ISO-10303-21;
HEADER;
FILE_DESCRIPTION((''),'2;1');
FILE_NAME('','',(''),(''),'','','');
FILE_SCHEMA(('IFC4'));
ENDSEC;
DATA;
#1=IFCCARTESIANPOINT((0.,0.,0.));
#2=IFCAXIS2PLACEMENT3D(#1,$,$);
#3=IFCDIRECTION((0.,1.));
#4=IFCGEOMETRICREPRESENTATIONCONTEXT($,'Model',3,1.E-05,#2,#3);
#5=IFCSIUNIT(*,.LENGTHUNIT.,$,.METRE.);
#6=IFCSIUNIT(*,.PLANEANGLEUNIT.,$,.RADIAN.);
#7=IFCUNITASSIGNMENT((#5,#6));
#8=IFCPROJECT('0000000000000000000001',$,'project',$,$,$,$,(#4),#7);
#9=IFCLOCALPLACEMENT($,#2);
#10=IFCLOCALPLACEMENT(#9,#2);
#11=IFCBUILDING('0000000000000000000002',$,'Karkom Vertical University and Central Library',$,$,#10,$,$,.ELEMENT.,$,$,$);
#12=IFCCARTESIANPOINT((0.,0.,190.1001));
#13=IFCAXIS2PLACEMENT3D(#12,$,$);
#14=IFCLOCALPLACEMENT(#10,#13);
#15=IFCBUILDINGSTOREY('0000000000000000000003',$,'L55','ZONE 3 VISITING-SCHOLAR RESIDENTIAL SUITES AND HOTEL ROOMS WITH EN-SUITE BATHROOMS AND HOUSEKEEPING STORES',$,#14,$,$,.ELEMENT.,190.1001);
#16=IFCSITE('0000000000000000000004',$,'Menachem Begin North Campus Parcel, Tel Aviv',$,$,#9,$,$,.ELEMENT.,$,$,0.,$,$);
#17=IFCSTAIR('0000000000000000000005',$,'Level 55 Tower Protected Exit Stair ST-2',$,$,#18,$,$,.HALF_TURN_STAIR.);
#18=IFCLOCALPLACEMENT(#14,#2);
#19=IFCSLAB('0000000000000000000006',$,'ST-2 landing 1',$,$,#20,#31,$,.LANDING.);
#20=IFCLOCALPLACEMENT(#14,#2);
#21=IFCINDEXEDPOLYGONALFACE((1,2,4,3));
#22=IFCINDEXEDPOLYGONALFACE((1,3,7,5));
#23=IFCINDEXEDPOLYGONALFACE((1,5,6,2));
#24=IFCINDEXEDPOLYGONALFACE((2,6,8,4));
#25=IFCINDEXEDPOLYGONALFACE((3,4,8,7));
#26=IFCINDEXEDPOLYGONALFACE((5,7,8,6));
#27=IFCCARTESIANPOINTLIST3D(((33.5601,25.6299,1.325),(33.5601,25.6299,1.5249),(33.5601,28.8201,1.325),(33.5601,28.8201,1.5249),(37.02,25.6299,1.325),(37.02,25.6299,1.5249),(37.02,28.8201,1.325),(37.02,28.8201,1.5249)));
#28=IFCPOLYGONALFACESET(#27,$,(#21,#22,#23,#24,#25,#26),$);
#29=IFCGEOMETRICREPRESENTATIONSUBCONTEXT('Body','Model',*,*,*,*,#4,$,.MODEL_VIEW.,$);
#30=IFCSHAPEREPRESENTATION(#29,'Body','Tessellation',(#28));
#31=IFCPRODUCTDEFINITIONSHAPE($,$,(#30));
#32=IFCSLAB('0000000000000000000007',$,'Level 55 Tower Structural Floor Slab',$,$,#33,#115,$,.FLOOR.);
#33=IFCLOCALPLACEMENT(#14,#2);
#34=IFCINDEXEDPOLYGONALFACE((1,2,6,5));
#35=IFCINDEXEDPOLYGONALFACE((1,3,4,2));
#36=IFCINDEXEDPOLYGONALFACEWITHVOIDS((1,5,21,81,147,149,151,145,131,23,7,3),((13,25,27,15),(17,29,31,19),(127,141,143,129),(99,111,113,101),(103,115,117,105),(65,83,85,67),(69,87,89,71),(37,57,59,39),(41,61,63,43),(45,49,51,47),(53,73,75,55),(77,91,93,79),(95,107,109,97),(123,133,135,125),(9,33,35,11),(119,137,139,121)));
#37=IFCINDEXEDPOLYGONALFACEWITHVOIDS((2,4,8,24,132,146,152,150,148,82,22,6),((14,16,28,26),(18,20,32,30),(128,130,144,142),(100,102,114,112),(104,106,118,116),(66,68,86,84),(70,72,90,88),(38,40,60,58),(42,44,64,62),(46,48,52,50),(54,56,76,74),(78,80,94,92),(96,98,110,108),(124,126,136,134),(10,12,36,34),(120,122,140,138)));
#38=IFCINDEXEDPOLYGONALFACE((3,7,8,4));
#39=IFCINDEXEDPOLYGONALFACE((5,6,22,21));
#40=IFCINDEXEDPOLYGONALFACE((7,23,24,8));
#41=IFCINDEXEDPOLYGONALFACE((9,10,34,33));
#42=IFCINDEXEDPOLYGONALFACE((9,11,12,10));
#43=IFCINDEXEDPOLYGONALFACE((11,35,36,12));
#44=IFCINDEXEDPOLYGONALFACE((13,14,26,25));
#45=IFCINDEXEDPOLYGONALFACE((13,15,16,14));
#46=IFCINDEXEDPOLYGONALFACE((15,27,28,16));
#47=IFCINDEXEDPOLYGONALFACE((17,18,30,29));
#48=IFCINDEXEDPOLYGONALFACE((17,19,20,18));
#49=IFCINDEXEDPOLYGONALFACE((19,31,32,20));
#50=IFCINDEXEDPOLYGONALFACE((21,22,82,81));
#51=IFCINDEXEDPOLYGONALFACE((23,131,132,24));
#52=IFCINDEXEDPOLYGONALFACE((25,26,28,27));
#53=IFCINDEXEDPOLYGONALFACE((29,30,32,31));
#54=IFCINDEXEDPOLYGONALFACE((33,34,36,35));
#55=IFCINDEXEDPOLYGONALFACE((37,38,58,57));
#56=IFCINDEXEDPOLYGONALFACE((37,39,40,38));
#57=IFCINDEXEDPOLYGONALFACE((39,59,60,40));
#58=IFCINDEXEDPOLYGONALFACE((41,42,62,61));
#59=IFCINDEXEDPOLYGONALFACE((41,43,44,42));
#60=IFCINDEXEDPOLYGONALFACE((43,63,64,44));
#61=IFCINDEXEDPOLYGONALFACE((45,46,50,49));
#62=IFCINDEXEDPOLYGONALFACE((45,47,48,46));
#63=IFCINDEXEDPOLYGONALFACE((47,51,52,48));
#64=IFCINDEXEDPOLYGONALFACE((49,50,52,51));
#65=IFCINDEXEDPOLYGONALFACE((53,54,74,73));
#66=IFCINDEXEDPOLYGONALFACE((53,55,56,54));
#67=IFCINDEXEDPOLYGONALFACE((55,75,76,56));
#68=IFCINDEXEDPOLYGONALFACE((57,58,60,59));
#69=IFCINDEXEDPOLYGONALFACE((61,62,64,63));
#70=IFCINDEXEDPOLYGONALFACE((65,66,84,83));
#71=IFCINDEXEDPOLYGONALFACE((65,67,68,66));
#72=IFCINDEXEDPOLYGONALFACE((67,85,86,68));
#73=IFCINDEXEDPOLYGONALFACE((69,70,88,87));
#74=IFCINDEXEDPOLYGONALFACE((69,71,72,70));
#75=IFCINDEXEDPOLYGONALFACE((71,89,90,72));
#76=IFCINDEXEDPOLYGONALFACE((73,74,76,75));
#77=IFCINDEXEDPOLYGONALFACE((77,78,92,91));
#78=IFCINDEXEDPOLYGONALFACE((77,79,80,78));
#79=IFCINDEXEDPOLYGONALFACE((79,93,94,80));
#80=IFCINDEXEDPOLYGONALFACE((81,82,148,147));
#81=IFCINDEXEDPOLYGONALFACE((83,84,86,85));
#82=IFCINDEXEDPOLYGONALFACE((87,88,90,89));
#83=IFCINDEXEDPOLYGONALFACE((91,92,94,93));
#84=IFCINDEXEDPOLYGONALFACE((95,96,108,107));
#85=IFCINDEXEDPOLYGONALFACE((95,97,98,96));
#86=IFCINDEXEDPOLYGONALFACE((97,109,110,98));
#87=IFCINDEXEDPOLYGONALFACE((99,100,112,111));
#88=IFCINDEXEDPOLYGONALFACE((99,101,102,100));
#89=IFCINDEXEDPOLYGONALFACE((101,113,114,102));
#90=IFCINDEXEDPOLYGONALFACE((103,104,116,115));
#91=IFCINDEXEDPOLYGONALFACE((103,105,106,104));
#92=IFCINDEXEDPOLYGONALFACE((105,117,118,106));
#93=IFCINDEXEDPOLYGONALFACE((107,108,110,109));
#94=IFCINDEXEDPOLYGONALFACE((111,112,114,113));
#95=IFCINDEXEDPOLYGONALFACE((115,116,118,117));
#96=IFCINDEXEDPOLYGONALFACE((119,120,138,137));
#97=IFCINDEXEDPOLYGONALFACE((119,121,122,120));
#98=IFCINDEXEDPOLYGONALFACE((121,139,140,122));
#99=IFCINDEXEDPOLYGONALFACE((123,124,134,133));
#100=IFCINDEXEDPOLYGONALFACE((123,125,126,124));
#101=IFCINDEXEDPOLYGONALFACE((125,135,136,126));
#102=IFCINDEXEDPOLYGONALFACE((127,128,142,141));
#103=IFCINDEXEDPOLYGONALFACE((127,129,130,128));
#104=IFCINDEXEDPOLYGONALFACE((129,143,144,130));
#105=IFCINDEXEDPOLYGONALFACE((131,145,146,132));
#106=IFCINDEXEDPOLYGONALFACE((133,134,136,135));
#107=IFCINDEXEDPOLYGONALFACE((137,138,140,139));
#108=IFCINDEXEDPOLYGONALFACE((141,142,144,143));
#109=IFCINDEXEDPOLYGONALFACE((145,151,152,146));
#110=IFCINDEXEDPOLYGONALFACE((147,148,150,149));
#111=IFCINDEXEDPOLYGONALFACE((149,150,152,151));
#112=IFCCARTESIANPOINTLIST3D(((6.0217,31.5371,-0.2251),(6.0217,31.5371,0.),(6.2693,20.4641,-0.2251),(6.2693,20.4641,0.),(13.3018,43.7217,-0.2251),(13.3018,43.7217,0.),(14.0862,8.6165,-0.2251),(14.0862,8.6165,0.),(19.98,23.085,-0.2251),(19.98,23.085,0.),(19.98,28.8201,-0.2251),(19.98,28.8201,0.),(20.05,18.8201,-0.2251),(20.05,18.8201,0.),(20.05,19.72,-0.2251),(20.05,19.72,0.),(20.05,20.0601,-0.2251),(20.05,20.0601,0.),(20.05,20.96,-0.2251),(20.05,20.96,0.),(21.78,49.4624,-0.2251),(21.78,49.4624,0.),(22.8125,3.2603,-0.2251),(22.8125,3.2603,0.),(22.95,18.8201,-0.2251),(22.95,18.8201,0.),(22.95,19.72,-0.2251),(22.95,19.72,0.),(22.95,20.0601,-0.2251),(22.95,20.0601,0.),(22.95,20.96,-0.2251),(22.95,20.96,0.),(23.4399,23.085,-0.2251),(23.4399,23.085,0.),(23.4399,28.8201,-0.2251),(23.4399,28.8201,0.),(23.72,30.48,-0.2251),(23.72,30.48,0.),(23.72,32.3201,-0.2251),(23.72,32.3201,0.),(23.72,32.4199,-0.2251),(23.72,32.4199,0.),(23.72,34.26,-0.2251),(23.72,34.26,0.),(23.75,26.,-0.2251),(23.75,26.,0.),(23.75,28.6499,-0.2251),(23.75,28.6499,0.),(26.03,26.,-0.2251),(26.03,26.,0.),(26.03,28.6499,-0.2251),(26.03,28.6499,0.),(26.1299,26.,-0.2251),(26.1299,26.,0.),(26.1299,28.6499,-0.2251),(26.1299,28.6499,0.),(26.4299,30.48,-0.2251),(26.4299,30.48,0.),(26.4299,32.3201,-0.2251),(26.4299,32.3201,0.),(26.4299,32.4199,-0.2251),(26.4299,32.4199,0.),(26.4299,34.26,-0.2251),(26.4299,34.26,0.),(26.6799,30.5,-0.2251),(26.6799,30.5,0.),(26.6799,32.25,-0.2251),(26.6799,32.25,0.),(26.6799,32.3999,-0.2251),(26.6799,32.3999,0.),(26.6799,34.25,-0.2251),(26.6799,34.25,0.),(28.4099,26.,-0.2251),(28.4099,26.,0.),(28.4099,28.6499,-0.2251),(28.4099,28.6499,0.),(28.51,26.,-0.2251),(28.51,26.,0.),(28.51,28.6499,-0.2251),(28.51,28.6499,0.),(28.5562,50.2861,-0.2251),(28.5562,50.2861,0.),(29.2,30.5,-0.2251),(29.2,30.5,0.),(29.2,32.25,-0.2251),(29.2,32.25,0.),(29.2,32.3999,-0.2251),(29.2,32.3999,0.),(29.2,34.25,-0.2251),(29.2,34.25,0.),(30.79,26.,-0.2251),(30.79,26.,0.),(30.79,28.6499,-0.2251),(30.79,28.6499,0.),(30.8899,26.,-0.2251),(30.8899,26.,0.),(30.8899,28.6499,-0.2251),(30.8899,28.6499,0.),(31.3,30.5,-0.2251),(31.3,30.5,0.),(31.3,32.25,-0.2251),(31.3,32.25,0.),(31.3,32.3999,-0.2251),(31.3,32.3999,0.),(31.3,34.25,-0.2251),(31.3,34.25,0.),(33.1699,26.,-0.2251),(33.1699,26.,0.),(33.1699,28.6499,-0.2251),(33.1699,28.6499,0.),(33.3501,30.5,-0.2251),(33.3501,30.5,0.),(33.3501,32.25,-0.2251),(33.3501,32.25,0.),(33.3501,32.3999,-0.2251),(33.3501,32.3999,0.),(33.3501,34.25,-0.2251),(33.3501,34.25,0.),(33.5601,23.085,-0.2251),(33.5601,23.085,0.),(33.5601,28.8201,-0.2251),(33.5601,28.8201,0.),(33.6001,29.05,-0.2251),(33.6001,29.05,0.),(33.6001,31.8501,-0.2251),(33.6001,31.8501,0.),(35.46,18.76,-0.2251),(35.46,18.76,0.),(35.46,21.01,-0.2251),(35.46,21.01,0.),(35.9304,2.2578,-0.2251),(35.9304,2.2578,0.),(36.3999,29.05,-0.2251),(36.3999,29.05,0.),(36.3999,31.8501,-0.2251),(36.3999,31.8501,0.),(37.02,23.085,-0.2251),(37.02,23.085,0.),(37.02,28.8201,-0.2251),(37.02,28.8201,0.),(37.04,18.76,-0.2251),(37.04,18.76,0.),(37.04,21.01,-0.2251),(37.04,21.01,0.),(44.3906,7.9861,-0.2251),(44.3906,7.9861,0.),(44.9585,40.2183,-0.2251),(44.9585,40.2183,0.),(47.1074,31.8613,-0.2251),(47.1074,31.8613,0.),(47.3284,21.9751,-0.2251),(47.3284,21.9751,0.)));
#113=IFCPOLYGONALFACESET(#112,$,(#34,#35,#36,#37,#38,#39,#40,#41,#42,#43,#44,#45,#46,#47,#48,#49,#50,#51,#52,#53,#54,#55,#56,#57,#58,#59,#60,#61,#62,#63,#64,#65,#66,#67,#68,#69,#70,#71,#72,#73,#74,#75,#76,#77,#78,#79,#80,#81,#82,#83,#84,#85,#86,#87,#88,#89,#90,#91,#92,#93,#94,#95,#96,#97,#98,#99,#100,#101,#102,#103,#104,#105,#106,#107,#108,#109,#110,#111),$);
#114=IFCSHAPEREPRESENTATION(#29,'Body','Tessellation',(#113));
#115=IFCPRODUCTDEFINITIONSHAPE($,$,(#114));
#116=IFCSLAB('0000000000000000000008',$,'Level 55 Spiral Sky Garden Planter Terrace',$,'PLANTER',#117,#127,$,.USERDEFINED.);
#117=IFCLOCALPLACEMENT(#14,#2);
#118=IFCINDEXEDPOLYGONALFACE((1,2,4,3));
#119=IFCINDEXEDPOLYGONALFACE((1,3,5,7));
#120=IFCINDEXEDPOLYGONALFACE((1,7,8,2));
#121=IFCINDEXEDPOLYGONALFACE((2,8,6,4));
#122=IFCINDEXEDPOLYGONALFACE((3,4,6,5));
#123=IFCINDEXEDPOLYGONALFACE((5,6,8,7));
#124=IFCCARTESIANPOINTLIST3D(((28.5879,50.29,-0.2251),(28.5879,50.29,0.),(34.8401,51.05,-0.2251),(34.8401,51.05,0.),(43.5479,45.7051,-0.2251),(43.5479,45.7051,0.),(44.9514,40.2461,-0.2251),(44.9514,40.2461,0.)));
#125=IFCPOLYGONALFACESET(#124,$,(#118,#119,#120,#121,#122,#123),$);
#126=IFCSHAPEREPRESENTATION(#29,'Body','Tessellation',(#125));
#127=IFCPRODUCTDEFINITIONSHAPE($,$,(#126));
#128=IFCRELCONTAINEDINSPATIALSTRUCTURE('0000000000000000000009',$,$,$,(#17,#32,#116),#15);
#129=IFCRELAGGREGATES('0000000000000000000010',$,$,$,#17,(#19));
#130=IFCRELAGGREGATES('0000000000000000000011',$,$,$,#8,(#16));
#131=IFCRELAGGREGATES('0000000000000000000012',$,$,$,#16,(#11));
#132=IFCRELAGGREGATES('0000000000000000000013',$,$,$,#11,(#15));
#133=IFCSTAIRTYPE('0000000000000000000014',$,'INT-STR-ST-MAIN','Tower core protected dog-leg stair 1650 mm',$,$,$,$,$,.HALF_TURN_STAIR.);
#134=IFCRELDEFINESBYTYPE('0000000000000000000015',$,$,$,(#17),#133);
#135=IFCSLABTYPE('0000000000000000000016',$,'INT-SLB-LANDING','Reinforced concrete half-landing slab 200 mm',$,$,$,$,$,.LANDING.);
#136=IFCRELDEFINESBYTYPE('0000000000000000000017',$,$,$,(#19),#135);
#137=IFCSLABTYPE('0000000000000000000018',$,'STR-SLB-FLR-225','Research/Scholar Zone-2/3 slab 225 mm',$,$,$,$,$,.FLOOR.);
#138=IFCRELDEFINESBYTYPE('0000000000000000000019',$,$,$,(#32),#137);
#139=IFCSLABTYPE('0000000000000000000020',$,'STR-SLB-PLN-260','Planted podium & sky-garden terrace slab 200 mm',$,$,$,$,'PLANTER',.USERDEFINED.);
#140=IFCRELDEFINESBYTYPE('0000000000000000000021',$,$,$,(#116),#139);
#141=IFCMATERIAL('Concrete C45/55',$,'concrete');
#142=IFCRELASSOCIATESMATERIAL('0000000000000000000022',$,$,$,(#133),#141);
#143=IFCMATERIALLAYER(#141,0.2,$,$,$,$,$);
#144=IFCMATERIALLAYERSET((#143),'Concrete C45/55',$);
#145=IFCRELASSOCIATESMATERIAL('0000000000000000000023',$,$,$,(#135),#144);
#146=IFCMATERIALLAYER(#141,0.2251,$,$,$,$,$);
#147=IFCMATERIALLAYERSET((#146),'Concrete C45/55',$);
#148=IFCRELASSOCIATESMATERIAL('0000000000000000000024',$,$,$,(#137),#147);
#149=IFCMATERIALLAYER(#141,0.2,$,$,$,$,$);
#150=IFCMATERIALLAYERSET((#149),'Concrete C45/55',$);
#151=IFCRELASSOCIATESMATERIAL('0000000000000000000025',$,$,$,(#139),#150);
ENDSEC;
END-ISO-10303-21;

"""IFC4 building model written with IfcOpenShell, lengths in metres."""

from ifc_helpers import new_model, si_unit, direction, frame, origin, place, context, subcontext, project, spatial, polyline, outline, extrude, material, layer, layer_set, type_object, element, aggregate, save


model = new_model("IFC4")

# Units and contexts
model_context = context("Model", 3, precision=1e-05, world=origin(), true_north=direction((0.0, 1.0)))
body_context = subcontext(model_context, "Body", "Model", "MODEL_VIEW")
ifc_project = project(units=[si_unit("LENGTHUNIT", "METRE"), si_unit("PLANEANGLEUNIT", "RADIAN")], contexts=[model_context])

# Site, building, storey
site_placement = place(None, origin())
site = spatial("IfcSite", under=ifc_project, at=site_placement, Name="Menachem Begin North Campus Parcel, Tel Aviv", CompositionType="ELEMENT", RefElevation=0.0)
building_placement = place(site_placement, origin())
building = spatial("IfcBuilding", under=site, at=building_placement, Name="Karkom Vertical University and Central Library", CompositionType="ELEMENT")
storey_placement = place(building_placement, frame((0.0, 0.0, 190.1001)))
storey = spatial("IfcBuildingStorey", under=building, at=storey_placement, Name="L55", Description="ZONE 3 VISITING-SCHOLAR RESIDENTIAL SUITES AND HOTEL ROOMS WITH EN-SUITE BATHROOMS AND HOUSEKEEPING STORES", CompositionType="ELEMENT", Elevation=190.1001)

# Stair, slab
ifc_material_1 = material(Name="Concrete C45/55", Category="concrete")
stair_type = type_object("IfcStairType", Name="INT-STR-ST-MAIN", Description="Tower core protected dog-leg stair 1650 mm", PredefinedType="HALF_TURN_STAIR", material=ifc_material_1)
ifc_layer_1 = layer(ifc_material_1, 0.2)
ifc_layer_set_1 = layer_set([ifc_layer_1], Name="Concrete C45/55")
slab_type_1 = type_object("IfcSlabType", Name="INT-SLB-LANDING", Description="Reinforced concrete half-landing slab 200 mm", PredefinedType="LANDING", material=ifc_layer_set_1)
stair_1_placement = place(storey_placement, origin())
stair_1 = element("IfcStair", 1, at=stair_1_placement, inside=storey, type_object=stair_type, Name="Level 55 Tower Protected Exit Stair ST-2", PredefinedType="HALF_TURN_STAIR")
slab_1_placement = place(storey_placement, frame((0.0, 0.0, 1.325)))
slab_1 = element("IfcSlab", 2, at=slab_1_placement, type_object=slab_type_1, Name="ST-2 landing 1", PredefinedType="LANDING", context=body_context, shape_type="SweptSolid", body=[
    extrude(outline(polyline([(37.02, 25.6299), (37.02, 28.8201), (33.5601, 28.8201), (33.5601, 25.6299), (37.02, 25.6299)])), origin(), (0.0, 0.0, 1.0), 0.2),
])
aggregate(stair_1, [slab_1])

# Slabs
ifc_layer_2 = layer(ifc_material_1, 0.2251)
ifc_layer_set_2 = layer_set([ifc_layer_2], Name="Concrete C45/55")
slab_type_2 = type_object("IfcSlabType", Name="STR-SLB-FLR-225", Description="Research/Scholar Zone-2/3 slab 225 mm", PredefinedType="FLOOR", material=ifc_layer_set_2)
slab_2_placement = place(storey_placement, frame((0.0, 0.0, -0.2251)))
element("IfcSlab", 3, at=slab_2_placement, inside=storey, type_object=slab_type_2, Name="Level 55 Tower Structural Floor Slab", PredefinedType="FLOOR", context=body_context, shape_type="SweptSolid", body=[
    extrude(outline(polyline([(6.2693, 20.4641), (14.0862, 8.6165), (22.8125, 3.2603), (35.9304, 2.2578), (44.3906, 7.9861), (47.3284, 21.9751), (47.1074, 31.8613), (44.9585, 40.2183), (28.5562, 50.2861), (21.78, 49.4624), (13.3018, 43.7217), (6.0217, 31.5371), (6.2693, 20.4641)]), holes=[polyline([(19.98, 23.085), (23.4399, 23.085), (23.4399, 28.8201), (19.98, 28.8201), (19.98, 23.085)]), polyline([(33.5601, 23.085), (37.02, 23.085), (37.02, 28.8201), (33.5601, 28.8201), (33.5601, 23.085)]), polyline([(23.75, 26.0), (26.03, 26.0), (26.03, 28.6499), (23.75, 28.6499), (23.75, 26.0)]), polyline([(26.1299, 26.0), (28.4099, 26.0), (28.4099, 28.6499), (26.1299, 28.6499), (26.1299, 26.0)]), polyline([(28.51, 26.0), (30.79, 26.0), (30.79, 28.6499), (28.51, 28.6499), (28.51, 26.0)]), polyline([(30.8899, 26.0), (33.1699, 26.0), (33.1699, 28.6499), (30.8899, 28.6499), (30.8899, 26.0)]), polyline([(26.6799, 30.5), (29.2, 30.5), (29.2, 32.25), (26.6799, 32.25), (26.6799, 30.5)]), polyline([(26.6799, 32.3999), (29.2, 32.3999), (29.2, 34.25), (26.6799, 34.25), (26.6799, 32.3999)]), polyline([(31.3, 30.5), (33.3501, 30.5), (33.3501, 32.25), (31.3, 32.25), (31.3, 30.5)]), polyline([(31.3, 32.3999), (33.3501, 32.3999), (33.3501, 34.25), (31.3, 34.25), (31.3, 32.3999)]), polyline([(23.72, 30.48), (26.4299, 30.48), (26.4299, 32.3201), (23.72, 32.3201), (23.72, 30.48)]), polyline([(23.72, 32.4199), (26.4299, 32.4199), (26.4299, 34.26), (23.72, 34.26), (23.72, 32.4199)]), polyline([(33.6001, 29.05), (36.3999, 29.05), (36.3999, 31.8501), (33.6001, 31.8501), (33.6001, 29.05)]), polyline([(20.05, 18.8201), (22.95, 18.8201), (22.95, 19.72), (20.05, 19.72), (20.05, 18.8201)]), polyline([(20.05, 20.0601), (22.95, 20.0601), (22.95, 20.96), (20.05, 20.96), (20.05, 20.0601)]), polyline([(35.46, 18.76), (37.04, 18.76), (37.04, 21.01), (35.46, 21.01), (35.46, 18.76)])]), origin(), (0.0, 0.0, 1.0), 0.2251),
])
ifc_layer_3 = layer(ifc_material_1, 0.2)
ifc_layer_set_3 = layer_set([ifc_layer_3], Name="Concrete C45/55")
slab_type_3 = type_object("IfcSlabType", Name="STR-SLB-PLN-260", Description="Planted podium & sky-garden terrace slab 200 mm", ElementType="PLANTER", PredefinedType="USERDEFINED", material=ifc_layer_set_3)
slab_3_placement = place(storey_placement, frame((0.0, 0.0, -0.2251)))
element("IfcSlab", 4, at=slab_3_placement, inside=storey, type_object=slab_type_3, Name="Level 55 Spiral Sky Garden Planter Terrace", ObjectType="PLANTER", PredefinedType="USERDEFINED", context=body_context, shape_type="SweptSolid", body=[
    extrude(outline(polyline([(34.8401, 51.05), (43.5479, 45.7051), (44.9514, 40.2461), (28.5879, 50.29), (34.8401, 51.05)])), origin(), (0.0, 0.0, 1.0), 0.2251),
])

save(model, "model.ifc")
